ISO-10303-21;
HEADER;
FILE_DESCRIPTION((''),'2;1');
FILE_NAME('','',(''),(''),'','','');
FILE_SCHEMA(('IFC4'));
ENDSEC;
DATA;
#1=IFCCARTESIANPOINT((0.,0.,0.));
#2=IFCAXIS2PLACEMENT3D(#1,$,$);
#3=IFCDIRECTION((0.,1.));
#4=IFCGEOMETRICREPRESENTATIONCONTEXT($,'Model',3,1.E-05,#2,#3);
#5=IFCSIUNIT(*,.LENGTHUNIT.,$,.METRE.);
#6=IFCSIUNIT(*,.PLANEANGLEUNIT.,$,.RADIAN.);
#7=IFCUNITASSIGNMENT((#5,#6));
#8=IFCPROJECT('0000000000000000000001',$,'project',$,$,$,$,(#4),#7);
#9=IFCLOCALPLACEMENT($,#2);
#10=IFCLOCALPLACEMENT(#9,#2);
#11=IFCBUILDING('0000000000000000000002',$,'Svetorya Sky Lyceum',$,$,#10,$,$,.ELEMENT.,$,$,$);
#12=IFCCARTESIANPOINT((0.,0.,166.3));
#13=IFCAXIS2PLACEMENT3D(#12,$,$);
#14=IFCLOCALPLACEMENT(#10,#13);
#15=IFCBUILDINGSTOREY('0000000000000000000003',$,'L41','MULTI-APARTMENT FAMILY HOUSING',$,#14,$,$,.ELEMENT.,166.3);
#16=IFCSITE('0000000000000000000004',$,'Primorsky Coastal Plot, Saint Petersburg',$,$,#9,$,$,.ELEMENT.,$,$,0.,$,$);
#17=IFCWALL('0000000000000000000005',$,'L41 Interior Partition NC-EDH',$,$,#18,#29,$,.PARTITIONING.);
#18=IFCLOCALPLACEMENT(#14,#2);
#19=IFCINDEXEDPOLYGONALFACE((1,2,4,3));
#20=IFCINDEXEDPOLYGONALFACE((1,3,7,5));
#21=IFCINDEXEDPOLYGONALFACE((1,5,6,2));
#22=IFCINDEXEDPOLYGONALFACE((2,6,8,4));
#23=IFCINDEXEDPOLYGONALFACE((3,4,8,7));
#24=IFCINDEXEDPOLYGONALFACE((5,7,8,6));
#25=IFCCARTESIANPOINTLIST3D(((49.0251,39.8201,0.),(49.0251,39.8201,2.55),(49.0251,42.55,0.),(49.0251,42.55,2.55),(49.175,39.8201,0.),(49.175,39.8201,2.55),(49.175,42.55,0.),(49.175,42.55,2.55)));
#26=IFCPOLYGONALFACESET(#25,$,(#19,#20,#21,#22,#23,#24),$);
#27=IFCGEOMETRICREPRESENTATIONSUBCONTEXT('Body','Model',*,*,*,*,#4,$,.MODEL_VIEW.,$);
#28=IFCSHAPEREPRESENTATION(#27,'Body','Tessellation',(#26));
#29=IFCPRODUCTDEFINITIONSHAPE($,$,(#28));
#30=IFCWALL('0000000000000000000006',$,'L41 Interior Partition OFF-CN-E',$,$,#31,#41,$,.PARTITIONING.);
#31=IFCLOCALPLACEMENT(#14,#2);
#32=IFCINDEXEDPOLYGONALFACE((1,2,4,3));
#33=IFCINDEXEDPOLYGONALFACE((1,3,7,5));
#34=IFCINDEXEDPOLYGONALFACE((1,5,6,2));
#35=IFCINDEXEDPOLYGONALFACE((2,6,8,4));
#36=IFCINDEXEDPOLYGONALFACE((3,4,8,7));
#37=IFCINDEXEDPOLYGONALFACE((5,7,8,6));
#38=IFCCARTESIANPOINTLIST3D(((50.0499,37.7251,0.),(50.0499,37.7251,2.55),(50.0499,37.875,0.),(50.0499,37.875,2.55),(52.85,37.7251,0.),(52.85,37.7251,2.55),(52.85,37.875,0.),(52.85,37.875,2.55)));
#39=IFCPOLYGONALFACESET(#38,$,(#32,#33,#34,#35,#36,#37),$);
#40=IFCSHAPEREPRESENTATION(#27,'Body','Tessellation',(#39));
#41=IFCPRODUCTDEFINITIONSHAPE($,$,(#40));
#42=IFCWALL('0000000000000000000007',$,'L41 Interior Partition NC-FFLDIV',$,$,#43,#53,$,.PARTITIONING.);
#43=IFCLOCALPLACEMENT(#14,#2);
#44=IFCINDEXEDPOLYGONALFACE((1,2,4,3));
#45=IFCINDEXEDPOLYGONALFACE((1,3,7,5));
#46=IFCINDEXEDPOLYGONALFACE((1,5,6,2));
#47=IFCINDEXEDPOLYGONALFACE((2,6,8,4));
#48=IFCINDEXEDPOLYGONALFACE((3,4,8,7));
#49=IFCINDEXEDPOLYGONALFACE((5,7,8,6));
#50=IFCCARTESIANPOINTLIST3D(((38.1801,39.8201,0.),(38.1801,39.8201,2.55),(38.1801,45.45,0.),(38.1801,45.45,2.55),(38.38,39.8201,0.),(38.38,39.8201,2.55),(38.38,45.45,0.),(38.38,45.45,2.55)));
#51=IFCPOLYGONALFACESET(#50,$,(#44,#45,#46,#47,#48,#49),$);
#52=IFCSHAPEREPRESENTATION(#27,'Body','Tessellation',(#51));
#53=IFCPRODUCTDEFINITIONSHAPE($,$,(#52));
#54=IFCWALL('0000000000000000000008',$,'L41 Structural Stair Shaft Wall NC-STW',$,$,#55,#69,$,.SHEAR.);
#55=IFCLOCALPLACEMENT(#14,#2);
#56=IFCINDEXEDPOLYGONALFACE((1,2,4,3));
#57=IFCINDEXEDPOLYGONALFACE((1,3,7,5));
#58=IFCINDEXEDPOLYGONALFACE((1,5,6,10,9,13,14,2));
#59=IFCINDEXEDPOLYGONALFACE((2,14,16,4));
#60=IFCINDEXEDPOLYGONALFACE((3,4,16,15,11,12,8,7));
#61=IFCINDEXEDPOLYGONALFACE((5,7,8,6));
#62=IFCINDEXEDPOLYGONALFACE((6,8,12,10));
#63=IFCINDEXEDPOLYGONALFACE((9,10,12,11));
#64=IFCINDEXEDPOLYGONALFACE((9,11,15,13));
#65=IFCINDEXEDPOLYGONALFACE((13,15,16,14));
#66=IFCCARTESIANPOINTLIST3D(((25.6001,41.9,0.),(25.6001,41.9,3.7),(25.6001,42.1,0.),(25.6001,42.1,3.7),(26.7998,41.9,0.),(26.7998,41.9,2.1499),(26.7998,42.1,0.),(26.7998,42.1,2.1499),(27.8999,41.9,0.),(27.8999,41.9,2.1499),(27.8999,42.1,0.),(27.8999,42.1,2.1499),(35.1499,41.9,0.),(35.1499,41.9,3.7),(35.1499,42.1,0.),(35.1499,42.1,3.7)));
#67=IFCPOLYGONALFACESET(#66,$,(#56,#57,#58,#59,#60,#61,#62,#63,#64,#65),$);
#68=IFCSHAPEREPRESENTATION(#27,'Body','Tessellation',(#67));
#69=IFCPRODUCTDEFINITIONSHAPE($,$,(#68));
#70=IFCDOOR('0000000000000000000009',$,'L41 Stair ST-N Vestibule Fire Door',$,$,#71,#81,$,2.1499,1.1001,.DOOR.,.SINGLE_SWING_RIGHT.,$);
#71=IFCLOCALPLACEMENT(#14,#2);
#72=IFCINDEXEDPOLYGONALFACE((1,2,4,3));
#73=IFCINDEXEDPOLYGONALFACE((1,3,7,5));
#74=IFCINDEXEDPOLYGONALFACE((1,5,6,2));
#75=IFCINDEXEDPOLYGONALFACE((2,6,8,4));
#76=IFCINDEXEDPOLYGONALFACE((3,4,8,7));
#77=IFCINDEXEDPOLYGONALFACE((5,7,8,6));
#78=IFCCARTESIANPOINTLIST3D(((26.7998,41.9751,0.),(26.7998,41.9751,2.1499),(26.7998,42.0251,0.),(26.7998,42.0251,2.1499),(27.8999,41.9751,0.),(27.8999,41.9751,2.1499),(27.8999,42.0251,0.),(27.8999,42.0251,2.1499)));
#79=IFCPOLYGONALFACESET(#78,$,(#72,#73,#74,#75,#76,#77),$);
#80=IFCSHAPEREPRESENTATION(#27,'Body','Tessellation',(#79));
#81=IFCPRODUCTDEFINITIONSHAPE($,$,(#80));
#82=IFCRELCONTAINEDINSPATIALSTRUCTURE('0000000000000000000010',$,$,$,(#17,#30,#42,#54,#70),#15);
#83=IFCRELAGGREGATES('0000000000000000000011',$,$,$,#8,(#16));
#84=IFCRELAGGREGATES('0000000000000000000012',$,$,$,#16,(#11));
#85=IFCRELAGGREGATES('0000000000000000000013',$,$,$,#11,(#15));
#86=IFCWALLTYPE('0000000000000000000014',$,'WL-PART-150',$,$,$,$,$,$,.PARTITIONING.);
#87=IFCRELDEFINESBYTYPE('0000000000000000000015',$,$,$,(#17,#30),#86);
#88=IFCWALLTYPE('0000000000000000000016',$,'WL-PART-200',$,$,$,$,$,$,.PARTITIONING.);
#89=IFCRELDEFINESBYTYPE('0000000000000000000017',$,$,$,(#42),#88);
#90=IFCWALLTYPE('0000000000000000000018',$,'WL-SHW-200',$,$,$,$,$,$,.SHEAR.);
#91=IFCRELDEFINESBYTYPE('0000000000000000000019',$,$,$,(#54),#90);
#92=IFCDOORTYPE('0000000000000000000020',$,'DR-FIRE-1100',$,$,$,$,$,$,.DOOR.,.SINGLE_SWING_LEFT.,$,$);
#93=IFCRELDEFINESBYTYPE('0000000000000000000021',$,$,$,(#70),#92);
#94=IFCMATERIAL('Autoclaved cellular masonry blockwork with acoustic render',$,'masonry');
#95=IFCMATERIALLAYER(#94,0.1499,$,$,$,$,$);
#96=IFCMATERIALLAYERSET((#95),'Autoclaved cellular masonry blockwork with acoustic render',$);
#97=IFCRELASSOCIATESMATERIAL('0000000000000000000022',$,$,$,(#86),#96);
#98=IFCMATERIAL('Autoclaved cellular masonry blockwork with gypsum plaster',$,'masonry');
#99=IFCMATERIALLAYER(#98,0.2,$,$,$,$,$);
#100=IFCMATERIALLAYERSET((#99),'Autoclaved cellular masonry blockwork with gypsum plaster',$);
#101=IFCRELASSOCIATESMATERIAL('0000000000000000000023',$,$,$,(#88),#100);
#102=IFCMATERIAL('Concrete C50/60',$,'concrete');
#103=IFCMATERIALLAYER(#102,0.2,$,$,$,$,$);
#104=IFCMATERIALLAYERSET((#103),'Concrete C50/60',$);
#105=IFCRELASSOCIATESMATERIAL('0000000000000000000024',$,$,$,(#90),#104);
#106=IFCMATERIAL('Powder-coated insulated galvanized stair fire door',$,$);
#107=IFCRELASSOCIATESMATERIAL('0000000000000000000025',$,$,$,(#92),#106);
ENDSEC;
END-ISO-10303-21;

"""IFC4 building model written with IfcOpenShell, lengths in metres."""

from ifc_helpers import new_model, si_unit, direction, frame, frame_2d, origin, place, context, subcontext, project, spatial, rectangle, extrude, material, layer, layer_set, type_object, element, fill, save


model = new_model("IFC4")

# Units and contexts
model_context = context("Model", 3, precision=1e-05, world=origin(), true_north=direction((0.0, 1.0)))
body_context = subcontext(model_context, "Body", "Model", "MODEL_VIEW")
ifc_project = project(units=[si_unit("LENGTHUNIT", "METRE"), si_unit("PLANEANGLEUNIT", "RADIAN")], contexts=[model_context])

# Site, building, storey
site_placement = place(None, origin())
site = spatial("IfcSite", under=ifc_project, at=site_placement, Name="Primorsky Coastal Plot, Saint Petersburg", CompositionType="ELEMENT", RefElevation=0.0)
building_placement = place(site_placement, origin())
building = spatial("IfcBuilding", under=site, at=building_placement, Name="Svetorya Sky Lyceum", CompositionType="ELEMENT")
storey_placement = place(building_placement, frame((0.0, 0.0, 166.3)))
storey = spatial("IfcBuildingStorey", under=building, at=storey_placement, Name="L41", Description="MULTI-APARTMENT FAMILY HOUSING", CompositionType="ELEMENT", Elevation=166.3)

# Shared definitions
ifc_material_1 = material(Name="Concrete C50/60", Category="concrete")

# Walls
ifc_material_2 = material(Name="Autoclaved cellular masonry blockwork with acoustic render", Category="masonry")
ifc_layer_1 = layer(ifc_material_2, 0.1499)
ifc_layer_set_1 = layer_set([ifc_layer_1], Name="Autoclaved cellular masonry blockwork with acoustic render")
wall_type_1 = type_object("IfcWallType", Name="WL-PART-150", PredefinedType="PARTITIONING", material=ifc_layer_set_1)
wall_1_placement = place(storey_placement, frame((49.1001, 39.8201, 0.0), z_axis=(0.0, 0.0, 1.0), x_axis=(0.0, 1.0, 0.0)))
element("IfcWall", 1, at=wall_1_placement, inside=storey, type_object=wall_type_1, Name="L41 Interior Partition NC-EDH", PredefinedType="PARTITIONING", context=body_context, shape_type="SweptSolid", body=[
    extrude(rectangle(XDim=2.73, YDim=0.1499, at=frame_2d((1.365, 0.0))), origin(), (0.0, 0.0, 1.0), 2.55),
])
wall_2_placement = place(storey_placement, frame((50.05, 37.8, 0.0), z_axis=(0.0, 0.0, 1.0), x_axis=(1.0, 0.0, 0.0)))
element("IfcWall", 2, at=wall_2_placement, inside=storey, type_object=wall_type_1, Name="L41 Interior Partition OFF-CN-E", PredefinedType="PARTITIONING", context=body_context, shape_type="SweptSolid", body=[
    extrude(rectangle(XDim=2.8, YDim=0.1499, at=frame_2d((1.3999, 0.0))), origin(), (0.0, 0.0, 1.0), 2.55),
])

# Shared definitions
ifc_material_3 = material(Name="Autoclaved cellular masonry blockwork with gypsum plaster", Category="masonry")
ifc_layer_2 = layer(ifc_material_3, 0.2)
ifc_layer_set_2 = layer_set([ifc_layer_2], Name="Autoclaved cellular masonry blockwork with gypsum plaster")
wall_type_2 = type_object("IfcWallType", Name="WL-PART-200", PredefinedType="PARTITIONING", material=ifc_layer_set_2)

# Wall
wall_3_placement = place(storey_placement, frame((38.28, 39.8201, 0.0), z_axis=(0.0, 0.0, 1.0), x_axis=(0.0, 1.0, 0.0)))
element("IfcWall", 3, at=wall_3_placement, inside=storey, type_object=wall_type_2, Name="L41 Interior Partition NC-FFLDIV", PredefinedType="PARTITIONING", context=body_context, shape_type="SweptSolid", body=[
    extrude(rectangle(XDim=5.6299, YDim=0.2, at=frame_2d((2.8149, 0.0))), origin(), (0.0, 0.0, 1.0), 2.55),
])

# Wall, opening, door
ifc_layer_3 = layer(ifc_material_1, 0.2)
ifc_layer_set_3 = layer_set([ifc_layer_3], Name="Concrete C50/60")
wall_type_3 = type_object("IfcWallType", Name="WL-SHW-200", PredefinedType="SHEAR", material=ifc_layer_set_3)
wall_4_placement = place(storey_placement, frame((35.1499, 42.0, 0.0), z_axis=(0.0, 0.0, 1.0), x_axis=(-1.0, 0.0, 0.0)))
wall_4 = element("IfcWall", 4, at=wall_4_placement, inside=storey, type_object=wall_type_3, Name="L41 Structural Stair Shaft Wall NC-STW", PredefinedType="SHEAR", context=body_context, shape_type="SweptSolid", body=[
    extrude(rectangle(XDim=9.5498, YDim=0.2, at=frame_2d((4.7749, 0.0))), origin(), (0.0, 0.0, 1.0), 3.7),
])
opening_1_placement = place(wall_4_placement, frame((7.25, 0.0, 0.0)))
opening_1 = element("IfcOpeningElement", 5, at=opening_1_placement, cuts=wall_4, PredefinedType="OPENING", context=body_context, shape_type="SweptSolid", body=[
    extrude(rectangle(XDim=1.1001, YDim=2.1499, at=frame_2d((0.55, 1.075))), frame((0.0, 0.1099, 0.0), z_axis=(0.0, -1.0, 0.0), x_axis=(1.0, 0.0, 0.0)), (0.0, 0.0, 1.0), 0.22),
])
ifc_material_4 = material(Name="Powder-coated insulated galvanized stair fire door")
door_type_1 = type_object("IfcDoorType", Name="DR-FIRE-1100", OperationType="SINGLE_SWING_LEFT", PredefinedType="DOOR", material=ifc_material_4)
door_1_placement = place(opening_1_placement, origin())
door_1 = element("IfcDoor", 6, at=door_1_placement, inside=storey, type_object=door_type_1, Name="L41 Stair ST-N Vestibule Fire Door", OperationType="SINGLE_SWING_RIGHT", OverallHeight=2.1499, OverallWidth=1.1001, PredefinedType="DOOR", context=body_context, shape_type="SweptSolid", body=[
    extrude(rectangle(XDim=1.1001, YDim=2.1499, at=frame_2d((0.55, 1.075))), frame((0.0, 0.0249, 0.0), z_axis=(0.0, -1.0, 0.0), x_axis=(1.0, 0.0, 0.0)), (0.0, 0.0, 1.0), 0.05),
])
fill(opening_1, door_1)

save(model, "model.ifc")
